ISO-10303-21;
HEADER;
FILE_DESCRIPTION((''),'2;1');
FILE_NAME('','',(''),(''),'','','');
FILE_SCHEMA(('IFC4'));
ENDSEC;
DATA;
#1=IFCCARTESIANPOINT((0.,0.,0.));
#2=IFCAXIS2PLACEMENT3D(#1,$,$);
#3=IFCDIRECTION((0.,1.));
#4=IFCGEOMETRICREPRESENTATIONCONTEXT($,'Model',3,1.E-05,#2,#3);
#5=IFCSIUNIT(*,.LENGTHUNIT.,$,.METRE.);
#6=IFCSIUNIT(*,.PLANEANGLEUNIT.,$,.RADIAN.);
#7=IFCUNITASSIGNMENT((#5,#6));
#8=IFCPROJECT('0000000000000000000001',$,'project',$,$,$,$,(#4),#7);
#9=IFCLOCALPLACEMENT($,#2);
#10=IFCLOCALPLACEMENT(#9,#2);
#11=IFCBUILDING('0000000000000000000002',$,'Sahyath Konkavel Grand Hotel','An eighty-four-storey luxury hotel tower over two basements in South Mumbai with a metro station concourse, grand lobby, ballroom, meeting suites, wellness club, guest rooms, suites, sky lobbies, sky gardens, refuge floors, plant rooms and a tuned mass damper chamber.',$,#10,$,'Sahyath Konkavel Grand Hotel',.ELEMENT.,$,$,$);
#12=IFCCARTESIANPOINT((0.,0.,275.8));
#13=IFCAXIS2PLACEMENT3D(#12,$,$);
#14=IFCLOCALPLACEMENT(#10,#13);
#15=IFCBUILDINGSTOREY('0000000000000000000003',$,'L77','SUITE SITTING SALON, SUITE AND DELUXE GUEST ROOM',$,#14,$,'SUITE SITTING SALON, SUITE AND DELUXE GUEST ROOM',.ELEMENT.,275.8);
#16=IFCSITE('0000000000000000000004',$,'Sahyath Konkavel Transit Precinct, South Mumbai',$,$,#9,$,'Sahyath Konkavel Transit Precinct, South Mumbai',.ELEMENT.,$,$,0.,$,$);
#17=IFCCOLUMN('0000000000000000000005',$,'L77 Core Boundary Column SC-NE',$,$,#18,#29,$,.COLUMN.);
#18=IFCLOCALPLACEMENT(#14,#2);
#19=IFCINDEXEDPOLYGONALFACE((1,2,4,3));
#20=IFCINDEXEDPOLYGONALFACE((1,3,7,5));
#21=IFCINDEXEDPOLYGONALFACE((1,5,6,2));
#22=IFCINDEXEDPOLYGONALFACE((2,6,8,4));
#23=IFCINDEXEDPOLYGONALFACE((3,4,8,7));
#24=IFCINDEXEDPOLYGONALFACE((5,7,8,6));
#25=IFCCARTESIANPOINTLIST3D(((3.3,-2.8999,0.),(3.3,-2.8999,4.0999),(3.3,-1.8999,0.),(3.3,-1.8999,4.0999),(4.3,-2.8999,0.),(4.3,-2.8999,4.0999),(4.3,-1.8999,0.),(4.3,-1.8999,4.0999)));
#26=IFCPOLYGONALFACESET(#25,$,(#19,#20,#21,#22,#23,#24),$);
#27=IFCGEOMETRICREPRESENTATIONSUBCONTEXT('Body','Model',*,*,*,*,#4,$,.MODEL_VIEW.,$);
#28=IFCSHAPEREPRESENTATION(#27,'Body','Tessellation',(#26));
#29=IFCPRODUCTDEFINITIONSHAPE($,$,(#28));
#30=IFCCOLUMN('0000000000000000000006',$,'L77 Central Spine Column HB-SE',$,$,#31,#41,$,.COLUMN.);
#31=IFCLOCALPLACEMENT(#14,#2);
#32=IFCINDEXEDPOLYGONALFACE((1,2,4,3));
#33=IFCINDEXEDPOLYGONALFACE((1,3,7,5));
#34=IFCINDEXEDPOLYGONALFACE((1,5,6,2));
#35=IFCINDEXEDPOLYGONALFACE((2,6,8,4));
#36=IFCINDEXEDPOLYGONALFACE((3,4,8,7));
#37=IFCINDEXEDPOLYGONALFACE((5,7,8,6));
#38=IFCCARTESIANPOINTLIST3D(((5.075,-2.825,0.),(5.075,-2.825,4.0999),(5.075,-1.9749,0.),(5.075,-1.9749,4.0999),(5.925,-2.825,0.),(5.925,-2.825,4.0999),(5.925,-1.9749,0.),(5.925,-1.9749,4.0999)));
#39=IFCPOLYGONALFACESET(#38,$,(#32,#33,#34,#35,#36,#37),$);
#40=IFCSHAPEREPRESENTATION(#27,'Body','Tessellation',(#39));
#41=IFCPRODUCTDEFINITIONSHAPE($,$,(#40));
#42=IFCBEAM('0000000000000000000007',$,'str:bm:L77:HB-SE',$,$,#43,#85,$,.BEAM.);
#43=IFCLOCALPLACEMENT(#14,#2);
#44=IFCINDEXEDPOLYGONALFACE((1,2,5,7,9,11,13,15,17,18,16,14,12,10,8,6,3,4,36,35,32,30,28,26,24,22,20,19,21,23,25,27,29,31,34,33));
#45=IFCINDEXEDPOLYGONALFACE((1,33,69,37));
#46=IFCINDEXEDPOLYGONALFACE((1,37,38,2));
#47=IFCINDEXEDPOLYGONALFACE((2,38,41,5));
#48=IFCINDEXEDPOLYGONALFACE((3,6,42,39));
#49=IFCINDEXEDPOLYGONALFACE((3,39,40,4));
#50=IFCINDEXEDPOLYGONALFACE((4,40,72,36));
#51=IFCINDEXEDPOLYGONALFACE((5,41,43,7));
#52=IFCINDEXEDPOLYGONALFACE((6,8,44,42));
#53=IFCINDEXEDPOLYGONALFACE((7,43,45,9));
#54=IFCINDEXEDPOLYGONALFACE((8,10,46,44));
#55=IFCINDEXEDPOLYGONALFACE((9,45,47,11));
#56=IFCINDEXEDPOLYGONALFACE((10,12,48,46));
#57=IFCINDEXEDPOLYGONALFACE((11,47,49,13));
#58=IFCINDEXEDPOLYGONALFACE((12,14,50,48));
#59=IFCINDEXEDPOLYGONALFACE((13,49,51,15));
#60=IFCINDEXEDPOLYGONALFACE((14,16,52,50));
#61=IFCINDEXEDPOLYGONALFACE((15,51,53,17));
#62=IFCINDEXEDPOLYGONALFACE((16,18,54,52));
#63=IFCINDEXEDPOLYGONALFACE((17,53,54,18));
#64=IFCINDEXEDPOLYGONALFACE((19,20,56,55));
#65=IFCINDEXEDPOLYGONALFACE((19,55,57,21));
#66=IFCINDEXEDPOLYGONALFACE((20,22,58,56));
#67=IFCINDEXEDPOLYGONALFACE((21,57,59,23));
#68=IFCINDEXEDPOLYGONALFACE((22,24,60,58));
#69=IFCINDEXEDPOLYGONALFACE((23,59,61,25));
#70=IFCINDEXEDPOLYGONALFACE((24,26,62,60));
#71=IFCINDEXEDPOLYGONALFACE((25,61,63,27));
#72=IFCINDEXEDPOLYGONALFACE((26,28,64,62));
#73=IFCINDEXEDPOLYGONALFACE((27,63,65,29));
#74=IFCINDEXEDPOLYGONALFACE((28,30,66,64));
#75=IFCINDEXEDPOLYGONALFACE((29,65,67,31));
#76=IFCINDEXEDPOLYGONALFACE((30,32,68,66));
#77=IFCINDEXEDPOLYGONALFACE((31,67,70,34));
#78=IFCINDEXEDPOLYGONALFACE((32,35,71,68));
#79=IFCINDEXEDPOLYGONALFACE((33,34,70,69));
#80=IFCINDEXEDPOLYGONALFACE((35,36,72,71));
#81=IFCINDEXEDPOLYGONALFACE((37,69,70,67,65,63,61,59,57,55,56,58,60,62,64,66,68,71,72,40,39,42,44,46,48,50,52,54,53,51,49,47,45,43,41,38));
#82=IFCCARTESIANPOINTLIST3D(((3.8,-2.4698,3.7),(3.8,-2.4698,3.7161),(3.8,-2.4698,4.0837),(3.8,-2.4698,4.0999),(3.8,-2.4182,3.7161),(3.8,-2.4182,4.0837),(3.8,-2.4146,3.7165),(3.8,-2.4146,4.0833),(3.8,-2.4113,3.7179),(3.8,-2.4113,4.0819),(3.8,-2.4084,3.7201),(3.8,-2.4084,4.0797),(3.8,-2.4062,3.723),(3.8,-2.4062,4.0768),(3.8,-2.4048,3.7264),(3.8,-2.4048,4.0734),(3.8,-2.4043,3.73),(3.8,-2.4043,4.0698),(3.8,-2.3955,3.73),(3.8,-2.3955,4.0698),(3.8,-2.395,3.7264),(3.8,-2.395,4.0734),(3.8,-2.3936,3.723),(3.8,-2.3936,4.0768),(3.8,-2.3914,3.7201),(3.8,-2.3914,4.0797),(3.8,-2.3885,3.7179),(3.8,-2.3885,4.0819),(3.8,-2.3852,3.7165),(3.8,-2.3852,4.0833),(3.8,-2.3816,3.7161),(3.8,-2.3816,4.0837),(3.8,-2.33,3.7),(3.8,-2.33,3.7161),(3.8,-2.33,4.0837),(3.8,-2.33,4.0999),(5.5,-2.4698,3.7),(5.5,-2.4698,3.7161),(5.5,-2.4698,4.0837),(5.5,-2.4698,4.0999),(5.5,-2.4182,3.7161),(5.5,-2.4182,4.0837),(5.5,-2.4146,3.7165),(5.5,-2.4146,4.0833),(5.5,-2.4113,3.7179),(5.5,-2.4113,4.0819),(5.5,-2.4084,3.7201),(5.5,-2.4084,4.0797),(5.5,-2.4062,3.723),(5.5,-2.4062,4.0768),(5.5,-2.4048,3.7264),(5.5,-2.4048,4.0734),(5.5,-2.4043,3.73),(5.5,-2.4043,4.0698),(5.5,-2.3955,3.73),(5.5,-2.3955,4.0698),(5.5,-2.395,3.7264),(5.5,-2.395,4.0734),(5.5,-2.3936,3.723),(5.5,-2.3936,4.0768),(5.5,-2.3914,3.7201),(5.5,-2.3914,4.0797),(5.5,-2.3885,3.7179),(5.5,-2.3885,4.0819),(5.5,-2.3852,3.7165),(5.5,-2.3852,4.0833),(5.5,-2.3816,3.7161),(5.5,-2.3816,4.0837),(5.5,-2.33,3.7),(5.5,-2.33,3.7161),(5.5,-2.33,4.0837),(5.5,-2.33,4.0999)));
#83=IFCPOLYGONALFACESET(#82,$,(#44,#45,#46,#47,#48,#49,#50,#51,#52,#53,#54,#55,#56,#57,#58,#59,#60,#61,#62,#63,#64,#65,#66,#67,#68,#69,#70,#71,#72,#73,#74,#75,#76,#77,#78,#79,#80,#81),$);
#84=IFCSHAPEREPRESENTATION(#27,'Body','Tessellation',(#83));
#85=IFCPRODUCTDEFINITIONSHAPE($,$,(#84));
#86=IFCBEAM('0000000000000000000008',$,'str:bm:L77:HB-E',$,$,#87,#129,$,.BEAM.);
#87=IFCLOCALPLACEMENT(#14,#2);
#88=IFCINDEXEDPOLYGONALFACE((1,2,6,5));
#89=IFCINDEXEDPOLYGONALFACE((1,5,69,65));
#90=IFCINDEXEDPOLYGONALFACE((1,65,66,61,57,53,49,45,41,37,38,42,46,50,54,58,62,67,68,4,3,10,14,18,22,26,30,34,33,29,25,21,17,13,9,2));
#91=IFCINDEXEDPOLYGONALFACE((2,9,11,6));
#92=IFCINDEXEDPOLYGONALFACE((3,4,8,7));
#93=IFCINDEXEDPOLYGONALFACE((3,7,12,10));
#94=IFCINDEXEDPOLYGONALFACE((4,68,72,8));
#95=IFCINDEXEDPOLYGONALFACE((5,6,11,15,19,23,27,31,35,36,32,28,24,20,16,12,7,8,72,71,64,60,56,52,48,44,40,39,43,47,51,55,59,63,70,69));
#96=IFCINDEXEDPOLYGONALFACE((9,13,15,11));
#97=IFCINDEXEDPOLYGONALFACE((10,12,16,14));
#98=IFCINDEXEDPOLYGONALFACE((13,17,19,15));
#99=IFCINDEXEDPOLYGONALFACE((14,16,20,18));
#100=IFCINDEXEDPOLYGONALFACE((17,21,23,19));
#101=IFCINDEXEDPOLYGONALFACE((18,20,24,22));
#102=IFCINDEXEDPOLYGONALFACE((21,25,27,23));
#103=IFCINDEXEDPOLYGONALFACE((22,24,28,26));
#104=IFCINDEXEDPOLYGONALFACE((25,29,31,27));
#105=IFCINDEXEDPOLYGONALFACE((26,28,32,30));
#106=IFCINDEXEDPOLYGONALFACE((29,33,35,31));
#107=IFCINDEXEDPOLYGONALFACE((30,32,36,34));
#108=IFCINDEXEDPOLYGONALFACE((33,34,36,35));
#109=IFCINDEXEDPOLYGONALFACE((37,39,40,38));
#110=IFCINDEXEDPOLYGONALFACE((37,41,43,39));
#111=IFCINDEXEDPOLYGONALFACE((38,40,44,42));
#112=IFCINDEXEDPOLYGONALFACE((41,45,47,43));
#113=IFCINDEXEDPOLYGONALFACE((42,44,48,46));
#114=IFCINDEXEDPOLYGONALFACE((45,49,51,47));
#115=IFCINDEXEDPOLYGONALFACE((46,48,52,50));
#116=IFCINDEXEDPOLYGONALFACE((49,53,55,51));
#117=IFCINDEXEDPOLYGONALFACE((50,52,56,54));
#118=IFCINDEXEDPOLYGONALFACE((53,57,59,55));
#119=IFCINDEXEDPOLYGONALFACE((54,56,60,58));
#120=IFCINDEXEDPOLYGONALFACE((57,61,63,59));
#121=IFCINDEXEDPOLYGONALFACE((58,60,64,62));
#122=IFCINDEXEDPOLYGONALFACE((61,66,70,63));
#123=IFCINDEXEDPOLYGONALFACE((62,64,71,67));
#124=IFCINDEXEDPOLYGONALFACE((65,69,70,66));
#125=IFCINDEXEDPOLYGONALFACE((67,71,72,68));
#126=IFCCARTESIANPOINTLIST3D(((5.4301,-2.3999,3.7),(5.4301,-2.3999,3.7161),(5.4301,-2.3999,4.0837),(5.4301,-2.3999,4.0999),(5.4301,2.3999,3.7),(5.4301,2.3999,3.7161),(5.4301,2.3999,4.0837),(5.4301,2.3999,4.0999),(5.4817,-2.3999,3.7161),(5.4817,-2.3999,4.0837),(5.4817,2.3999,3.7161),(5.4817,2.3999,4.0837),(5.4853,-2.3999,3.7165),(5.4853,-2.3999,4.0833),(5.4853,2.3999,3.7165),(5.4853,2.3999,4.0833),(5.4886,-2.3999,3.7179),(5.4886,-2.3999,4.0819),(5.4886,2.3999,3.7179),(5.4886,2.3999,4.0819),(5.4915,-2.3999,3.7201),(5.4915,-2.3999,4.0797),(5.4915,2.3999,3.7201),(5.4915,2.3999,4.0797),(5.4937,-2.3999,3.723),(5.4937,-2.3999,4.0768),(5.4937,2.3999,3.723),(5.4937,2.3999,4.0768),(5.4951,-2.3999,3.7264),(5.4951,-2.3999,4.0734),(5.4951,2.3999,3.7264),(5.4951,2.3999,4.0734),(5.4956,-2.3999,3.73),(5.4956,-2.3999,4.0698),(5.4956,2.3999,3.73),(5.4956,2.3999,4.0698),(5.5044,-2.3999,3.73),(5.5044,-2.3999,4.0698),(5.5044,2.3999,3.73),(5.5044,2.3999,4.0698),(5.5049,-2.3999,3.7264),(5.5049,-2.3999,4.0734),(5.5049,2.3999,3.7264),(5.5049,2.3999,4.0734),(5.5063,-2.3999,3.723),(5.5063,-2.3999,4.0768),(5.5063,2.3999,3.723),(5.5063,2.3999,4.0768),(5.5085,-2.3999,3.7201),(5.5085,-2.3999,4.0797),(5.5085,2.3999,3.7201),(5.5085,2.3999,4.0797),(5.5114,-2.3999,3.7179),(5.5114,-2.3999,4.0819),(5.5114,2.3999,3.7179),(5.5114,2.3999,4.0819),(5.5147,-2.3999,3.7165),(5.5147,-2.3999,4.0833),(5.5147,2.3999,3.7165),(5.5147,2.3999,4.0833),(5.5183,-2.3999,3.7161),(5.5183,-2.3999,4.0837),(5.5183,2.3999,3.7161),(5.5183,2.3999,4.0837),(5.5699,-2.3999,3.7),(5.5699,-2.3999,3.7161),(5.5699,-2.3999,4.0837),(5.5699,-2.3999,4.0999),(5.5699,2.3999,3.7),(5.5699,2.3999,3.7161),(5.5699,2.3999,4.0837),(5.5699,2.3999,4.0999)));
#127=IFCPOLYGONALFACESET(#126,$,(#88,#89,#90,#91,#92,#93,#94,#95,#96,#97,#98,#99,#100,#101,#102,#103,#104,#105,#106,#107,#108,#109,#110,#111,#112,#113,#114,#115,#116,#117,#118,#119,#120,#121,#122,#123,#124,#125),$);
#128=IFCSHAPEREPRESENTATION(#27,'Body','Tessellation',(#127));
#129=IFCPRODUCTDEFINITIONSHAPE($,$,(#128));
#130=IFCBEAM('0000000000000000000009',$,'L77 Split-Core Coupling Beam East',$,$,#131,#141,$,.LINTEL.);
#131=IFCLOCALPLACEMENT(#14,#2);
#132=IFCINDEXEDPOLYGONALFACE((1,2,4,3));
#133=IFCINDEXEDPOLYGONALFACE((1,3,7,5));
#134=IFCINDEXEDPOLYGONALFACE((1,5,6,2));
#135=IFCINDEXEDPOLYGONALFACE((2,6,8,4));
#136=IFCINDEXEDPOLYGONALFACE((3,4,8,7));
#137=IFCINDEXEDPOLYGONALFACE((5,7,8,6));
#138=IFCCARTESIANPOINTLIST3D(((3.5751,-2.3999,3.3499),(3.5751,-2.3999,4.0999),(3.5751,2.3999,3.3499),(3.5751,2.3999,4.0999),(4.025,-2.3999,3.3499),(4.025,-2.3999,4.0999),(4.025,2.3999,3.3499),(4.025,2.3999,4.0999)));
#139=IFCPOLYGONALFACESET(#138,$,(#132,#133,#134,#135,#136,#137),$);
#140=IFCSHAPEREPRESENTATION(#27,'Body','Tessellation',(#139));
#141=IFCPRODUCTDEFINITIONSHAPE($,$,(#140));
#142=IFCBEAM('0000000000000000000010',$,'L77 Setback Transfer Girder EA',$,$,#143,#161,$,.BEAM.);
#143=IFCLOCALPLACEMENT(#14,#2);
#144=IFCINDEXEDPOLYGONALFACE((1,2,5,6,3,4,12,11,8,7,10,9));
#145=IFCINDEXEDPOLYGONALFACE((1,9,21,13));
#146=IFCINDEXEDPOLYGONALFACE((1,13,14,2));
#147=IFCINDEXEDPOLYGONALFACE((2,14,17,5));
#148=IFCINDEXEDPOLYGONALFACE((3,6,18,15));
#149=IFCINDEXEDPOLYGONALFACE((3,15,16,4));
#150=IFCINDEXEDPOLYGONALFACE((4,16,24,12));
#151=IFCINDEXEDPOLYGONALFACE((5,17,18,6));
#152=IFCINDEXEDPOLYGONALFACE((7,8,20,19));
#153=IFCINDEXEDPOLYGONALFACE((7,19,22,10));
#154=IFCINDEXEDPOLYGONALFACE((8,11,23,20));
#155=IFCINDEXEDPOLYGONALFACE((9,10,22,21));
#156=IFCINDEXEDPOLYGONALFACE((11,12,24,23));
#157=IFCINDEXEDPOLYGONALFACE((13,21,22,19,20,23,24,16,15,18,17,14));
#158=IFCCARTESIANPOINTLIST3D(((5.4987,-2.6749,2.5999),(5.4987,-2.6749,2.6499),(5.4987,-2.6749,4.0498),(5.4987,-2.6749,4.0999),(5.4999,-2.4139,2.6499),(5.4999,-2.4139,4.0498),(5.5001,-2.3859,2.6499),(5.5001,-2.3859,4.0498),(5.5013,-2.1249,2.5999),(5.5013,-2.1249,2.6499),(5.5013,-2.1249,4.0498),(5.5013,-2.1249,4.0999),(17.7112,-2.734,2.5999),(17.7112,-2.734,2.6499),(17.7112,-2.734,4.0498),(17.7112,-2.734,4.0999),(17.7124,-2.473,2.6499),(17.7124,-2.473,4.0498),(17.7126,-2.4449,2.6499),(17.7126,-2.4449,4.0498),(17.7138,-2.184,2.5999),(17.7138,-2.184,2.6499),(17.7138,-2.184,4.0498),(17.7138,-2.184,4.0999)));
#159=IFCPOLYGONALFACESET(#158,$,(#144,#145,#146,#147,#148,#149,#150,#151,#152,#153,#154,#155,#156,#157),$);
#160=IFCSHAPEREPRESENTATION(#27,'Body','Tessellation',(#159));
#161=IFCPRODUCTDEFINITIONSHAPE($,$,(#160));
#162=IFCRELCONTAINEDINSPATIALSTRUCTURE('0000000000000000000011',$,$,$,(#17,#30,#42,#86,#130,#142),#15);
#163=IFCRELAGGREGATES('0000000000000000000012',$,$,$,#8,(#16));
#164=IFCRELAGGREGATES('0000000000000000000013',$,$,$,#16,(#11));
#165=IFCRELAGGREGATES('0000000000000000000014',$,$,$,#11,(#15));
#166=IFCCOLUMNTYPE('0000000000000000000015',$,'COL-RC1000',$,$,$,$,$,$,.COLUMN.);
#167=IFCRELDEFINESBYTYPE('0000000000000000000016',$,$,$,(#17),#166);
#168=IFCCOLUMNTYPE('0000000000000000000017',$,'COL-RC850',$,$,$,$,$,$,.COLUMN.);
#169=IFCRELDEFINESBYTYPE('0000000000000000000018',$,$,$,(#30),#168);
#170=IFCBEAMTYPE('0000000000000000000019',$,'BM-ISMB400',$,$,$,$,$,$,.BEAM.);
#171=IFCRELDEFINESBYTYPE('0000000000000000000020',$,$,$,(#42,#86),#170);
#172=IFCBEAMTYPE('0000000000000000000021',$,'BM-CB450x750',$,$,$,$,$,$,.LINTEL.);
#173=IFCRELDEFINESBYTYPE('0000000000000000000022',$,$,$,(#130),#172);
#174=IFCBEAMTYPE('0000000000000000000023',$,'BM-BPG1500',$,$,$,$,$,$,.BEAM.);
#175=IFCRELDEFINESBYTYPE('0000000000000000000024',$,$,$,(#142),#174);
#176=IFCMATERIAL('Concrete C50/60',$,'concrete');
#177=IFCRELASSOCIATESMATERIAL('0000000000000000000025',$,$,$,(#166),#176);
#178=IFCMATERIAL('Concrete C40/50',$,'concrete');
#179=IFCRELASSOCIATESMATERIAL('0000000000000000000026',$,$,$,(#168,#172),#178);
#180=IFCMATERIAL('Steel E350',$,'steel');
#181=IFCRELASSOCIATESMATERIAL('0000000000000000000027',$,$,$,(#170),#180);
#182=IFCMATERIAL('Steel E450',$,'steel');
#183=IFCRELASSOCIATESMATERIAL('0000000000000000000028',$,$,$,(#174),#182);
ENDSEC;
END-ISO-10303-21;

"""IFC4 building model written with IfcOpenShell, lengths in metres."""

from ifc_helpers import new_model, si_unit, direction, frame, origin, origin_2d, place, context, subcontext, project, spatial, rectangle, i_section, extrude, source, transform, mapped, material, material_profile, profile_set, type_object, element, save


model = new_model("IFC4")

# Units and contexts
model_context = context("Model", 3, precision=1e-05, world=origin(), true_north=direction((0.0, 1.0)))
body_context = subcontext(model_context, "Body", "Model", "MODEL_VIEW")
ifc_project = project(units=[si_unit("LENGTHUNIT", "METRE"), si_unit("PLANEANGLEUNIT", "RADIAN")], contexts=[model_context])

# Site, building, storey
site_placement = place(None, origin())
site = spatial("IfcSite", under=ifc_project, at=site_placement, Name="Sahyath Konkavel Transit Precinct, South Mumbai", LongName="Sahyath Konkavel Transit Precinct, South Mumbai", CompositionType="ELEMENT", RefElevation=0.0)
building_placement = place(site_placement, origin())
building = spatial("IfcBuilding", under=site, at=building_placement, Name="Sahyath Konkavel Grand Hotel", Description="An eighty-four-storey luxury hotel tower over two basements in South Mumbai with a metro station concourse, grand lobby, ballroom, meeting suites, wellness club, guest rooms, suites, sky lobbies, sky gardens, refuge floors, plant rooms and a tuned mass damper chamber.", LongName="Sahyath Konkavel Grand Hotel", CompositionType="ELEMENT")
storey_placement = place(building_placement, frame((0.0, 0.0, 275.8)))
storey = spatial("IfcBuildingStorey", under=building, at=storey_placement, Name="L77", Description="SUITE SITTING SALON, SUITE AND DELUXE GUEST ROOM", LongName="SUITE SITTING SALON, SUITE AND DELUXE GUEST ROOM", CompositionType="ELEMENT", Elevation=275.8)

# Columns
ifc_material_1 = material(Name="Concrete C50/60", Category="concrete")
ifc_material_profile_1 = material_profile(ifc_material_1, rectangle(XDim=1.0, YDim=1.0, at=origin_2d()), Name="RC 1000x1000")
ifc_profile_set_1 = profile_set([ifc_material_profile_1], Name="Concrete C50/60")
column_type_1 = type_object("IfcColumnType", Name="COL-RC1000", PredefinedType="COLUMN", material=ifc_profile_set_1)
shared_shape_1 = source(origin(), body_context, "Body", "SweptSolid", [
    extrude(rectangle(XDim=1.0, YDim=1.0, at=origin_2d()), origin(), (0.0, 0.0, 1.0), 4.0999),
])
column_1_placement = place(storey_placement, frame((3.8, -2.3999, 0.0), z_axis=(0.0, 0.0, 1.0), x_axis=(1.0, 0.0, 0.0)))
element("IfcColumn", 1, at=column_1_placement, inside=storey, type_object=column_type_1, Name="L77 Core Boundary Column SC-NE", PredefinedType="COLUMN", context=body_context, shape_type="MappedRepresentation", body=[
    mapped(shared_shape_1, transform((0.0, 0.0, 0.0), scale=1.0)),
])
ifc_material_2 = material(Name="Concrete C40/50", Category="concrete")
ifc_material_profile_2 = material_profile(ifc_material_2, rectangle(XDim=0.8501, YDim=0.8501, at=origin_2d()), Name="RC 850x850")
ifc_profile_set_2 = profile_set([ifc_material_profile_2], Name="Concrete C40/50")
column_type_2 = type_object("IfcColumnType", Name="COL-RC850", PredefinedType="COLUMN", material=ifc_profile_set_2)
shared_shape_2 = source(origin(), body_context, "Body", "SweptSolid", [
    extrude(rectangle(XDim=0.8501, YDim=0.8501, at=origin_2d()), origin(), (0.0, 0.0, 1.0), 4.0999),
])
column_2_placement = place(storey_placement, frame((5.5, -2.3999, 0.0), z_axis=(0.0, 0.0, 1.0), x_axis=(1.0, 0.0, 0.0)))
element("IfcColumn", 2, at=column_2_placement, inside=storey, type_object=column_type_2, Name="L77 Central Spine Column HB-SE", PredefinedType="COLUMN", context=body_context, shape_type="MappedRepresentation", body=[
    mapped(shared_shape_2, transform((0.0, 0.0, 0.0), scale=1.0)),
])

# Beams
ifc_material_3 = material(Name="Steel E350", Category="steel")
ifc_material_profile_3 = material_profile(ifc_material_3, i_section(OverallWidth=0.1399, OverallDepth=0.3999, WebThickness=0.0088, FlangeThickness=0.0161, FilletRadius=0.0139, at=origin_2d()), Name="ISMB 400")
ifc_profile_set_3 = profile_set([ifc_material_profile_3], Name="Steel E350")
beam_type_1 = type_object("IfcBeamType", Name="BM-ISMB400", PredefinedType="BEAM", material=ifc_profile_set_3)
shared_shape_3 = source(origin(), body_context, "Body", "SweptSolid", [
    extrude(i_section(OverallWidth=0.1399, OverallDepth=0.3999, WebThickness=0.0088, FlangeThickness=0.0161, FilletRadius=0.0139, at=origin_2d()), origin(), (0.0, 0.0, 1.0), 1.7),
])
beam_1_placement = place(storey_placement, frame((3.8, -2.3999, 3.8999), z_axis=(1.0, 0.0, 0.0), x_axis=(0.0, 1.0, 0.0)))
element("IfcBeam", 3, at=beam_1_placement, inside=storey, type_object=beam_type_1, Name="str:bm:L77:HB-SE", PredefinedType="BEAM", context=body_context, shape_type="MappedRepresentation", body=[
    mapped(shared_shape_3, transform((0.0, 0.0, 0.0), scale=1.0)),
])
shared_shape_4 = source(origin(), body_context, "Body", "SweptSolid", [
    extrude(i_section(OverallWidth=0.1399, OverallDepth=0.3999, WebThickness=0.0088, FlangeThickness=0.0161, FilletRadius=0.0139, at=origin_2d()), origin(), (0.0, 0.0, 1.0), 4.7998),
])
beam_2_placement = place(storey_placement, frame((5.5, -2.3999, 3.8999), z_axis=(0.0, 1.0, 0.0), x_axis=(-1.0, 0.0, 0.0)))
element("IfcBeam", 4, at=beam_2_placement, inside=storey, type_object=beam_type_1, Name="str:bm:L77:HB-E", PredefinedType="BEAM", context=body_context, shape_type="MappedRepresentation", body=[
    mapped(shared_shape_4, transform((0.0, 0.0, 0.0), scale=1.0)),
])
ifc_material_profile_4 = material_profile(ifc_material_2, rectangle(XDim=0.45, YDim=0.75, at=origin_2d()), Name="RC 450x750")
ifc_profile_set_4 = profile_set([ifc_material_profile_4], Name="Concrete C40/50")
beam_type_2 = type_object("IfcBeamType", Name="BM-CB450x750", PredefinedType="LINTEL", material=ifc_profile_set_4)
shared_shape_5 = source(origin(), body_context, "Body", "SweptSolid", [
    extrude(rectangle(XDim=0.45, YDim=0.75, at=origin_2d()), origin(), (0.0, 0.0, 1.0), 4.7998),
])
beam_3_placement = place(storey_placement, frame((3.8, -2.3999, 3.7249), z_axis=(0.0, 1.0, 0.0), x_axis=(-1.0, 0.0, 0.0)))
element("IfcBeam", 5, at=beam_3_placement, inside=storey, type_object=beam_type_2, Name="L77 Split-Core Coupling Beam East", PredefinedType="LINTEL", context=body_context, shape_type="MappedRepresentation", body=[
    mapped(shared_shape_5, transform((0.0, 0.0, 0.0), scale=1.0)),
])
ifc_material_4 = material(Name="Steel E450", Category="steel")
ifc_material_profile_5 = material_profile(ifc_material_4, i_section(OverallWidth=0.55, OverallDepth=1.5, WebThickness=0.0281, FlangeThickness=0.05, at=origin_2d()), Name="BPG 1500x550")
ifc_profile_set_5 = profile_set([ifc_material_profile_5], Name="Steel E450")
beam_type_3 = type_object("IfcBeamType", Name="BM-BPG1500", PredefinedType="BEAM", material=ifc_profile_set_5)
shared_shape_6 = source(origin(), body_context, "Body", "SweptSolid", [
    extrude(i_section(OverallWidth=0.55, OverallDepth=1.5, WebThickness=0.0281, FlangeThickness=0.05, at=origin_2d()), origin(), (0.0, 0.0, 1.0), 12.2126),
])
beam_4_placement = place(storey_placement, frame((5.5, -2.3999, 3.3499), z_axis=(0.999988, -0.004838, 0.0), x_axis=(0.004838, 0.999988, 0.0)))
element("IfcBeam", 6, at=beam_4_placement, inside=storey, type_object=beam_type_3, Name="L77 Setback Transfer Girder EA", PredefinedType="BEAM", context=body_context, shape_type="MappedRepresentation", body=[
    mapped(shared_shape_6, transform((0.0, 0.0, 0.0), scale=1.0)),
])

save(model, "model.ifc")
